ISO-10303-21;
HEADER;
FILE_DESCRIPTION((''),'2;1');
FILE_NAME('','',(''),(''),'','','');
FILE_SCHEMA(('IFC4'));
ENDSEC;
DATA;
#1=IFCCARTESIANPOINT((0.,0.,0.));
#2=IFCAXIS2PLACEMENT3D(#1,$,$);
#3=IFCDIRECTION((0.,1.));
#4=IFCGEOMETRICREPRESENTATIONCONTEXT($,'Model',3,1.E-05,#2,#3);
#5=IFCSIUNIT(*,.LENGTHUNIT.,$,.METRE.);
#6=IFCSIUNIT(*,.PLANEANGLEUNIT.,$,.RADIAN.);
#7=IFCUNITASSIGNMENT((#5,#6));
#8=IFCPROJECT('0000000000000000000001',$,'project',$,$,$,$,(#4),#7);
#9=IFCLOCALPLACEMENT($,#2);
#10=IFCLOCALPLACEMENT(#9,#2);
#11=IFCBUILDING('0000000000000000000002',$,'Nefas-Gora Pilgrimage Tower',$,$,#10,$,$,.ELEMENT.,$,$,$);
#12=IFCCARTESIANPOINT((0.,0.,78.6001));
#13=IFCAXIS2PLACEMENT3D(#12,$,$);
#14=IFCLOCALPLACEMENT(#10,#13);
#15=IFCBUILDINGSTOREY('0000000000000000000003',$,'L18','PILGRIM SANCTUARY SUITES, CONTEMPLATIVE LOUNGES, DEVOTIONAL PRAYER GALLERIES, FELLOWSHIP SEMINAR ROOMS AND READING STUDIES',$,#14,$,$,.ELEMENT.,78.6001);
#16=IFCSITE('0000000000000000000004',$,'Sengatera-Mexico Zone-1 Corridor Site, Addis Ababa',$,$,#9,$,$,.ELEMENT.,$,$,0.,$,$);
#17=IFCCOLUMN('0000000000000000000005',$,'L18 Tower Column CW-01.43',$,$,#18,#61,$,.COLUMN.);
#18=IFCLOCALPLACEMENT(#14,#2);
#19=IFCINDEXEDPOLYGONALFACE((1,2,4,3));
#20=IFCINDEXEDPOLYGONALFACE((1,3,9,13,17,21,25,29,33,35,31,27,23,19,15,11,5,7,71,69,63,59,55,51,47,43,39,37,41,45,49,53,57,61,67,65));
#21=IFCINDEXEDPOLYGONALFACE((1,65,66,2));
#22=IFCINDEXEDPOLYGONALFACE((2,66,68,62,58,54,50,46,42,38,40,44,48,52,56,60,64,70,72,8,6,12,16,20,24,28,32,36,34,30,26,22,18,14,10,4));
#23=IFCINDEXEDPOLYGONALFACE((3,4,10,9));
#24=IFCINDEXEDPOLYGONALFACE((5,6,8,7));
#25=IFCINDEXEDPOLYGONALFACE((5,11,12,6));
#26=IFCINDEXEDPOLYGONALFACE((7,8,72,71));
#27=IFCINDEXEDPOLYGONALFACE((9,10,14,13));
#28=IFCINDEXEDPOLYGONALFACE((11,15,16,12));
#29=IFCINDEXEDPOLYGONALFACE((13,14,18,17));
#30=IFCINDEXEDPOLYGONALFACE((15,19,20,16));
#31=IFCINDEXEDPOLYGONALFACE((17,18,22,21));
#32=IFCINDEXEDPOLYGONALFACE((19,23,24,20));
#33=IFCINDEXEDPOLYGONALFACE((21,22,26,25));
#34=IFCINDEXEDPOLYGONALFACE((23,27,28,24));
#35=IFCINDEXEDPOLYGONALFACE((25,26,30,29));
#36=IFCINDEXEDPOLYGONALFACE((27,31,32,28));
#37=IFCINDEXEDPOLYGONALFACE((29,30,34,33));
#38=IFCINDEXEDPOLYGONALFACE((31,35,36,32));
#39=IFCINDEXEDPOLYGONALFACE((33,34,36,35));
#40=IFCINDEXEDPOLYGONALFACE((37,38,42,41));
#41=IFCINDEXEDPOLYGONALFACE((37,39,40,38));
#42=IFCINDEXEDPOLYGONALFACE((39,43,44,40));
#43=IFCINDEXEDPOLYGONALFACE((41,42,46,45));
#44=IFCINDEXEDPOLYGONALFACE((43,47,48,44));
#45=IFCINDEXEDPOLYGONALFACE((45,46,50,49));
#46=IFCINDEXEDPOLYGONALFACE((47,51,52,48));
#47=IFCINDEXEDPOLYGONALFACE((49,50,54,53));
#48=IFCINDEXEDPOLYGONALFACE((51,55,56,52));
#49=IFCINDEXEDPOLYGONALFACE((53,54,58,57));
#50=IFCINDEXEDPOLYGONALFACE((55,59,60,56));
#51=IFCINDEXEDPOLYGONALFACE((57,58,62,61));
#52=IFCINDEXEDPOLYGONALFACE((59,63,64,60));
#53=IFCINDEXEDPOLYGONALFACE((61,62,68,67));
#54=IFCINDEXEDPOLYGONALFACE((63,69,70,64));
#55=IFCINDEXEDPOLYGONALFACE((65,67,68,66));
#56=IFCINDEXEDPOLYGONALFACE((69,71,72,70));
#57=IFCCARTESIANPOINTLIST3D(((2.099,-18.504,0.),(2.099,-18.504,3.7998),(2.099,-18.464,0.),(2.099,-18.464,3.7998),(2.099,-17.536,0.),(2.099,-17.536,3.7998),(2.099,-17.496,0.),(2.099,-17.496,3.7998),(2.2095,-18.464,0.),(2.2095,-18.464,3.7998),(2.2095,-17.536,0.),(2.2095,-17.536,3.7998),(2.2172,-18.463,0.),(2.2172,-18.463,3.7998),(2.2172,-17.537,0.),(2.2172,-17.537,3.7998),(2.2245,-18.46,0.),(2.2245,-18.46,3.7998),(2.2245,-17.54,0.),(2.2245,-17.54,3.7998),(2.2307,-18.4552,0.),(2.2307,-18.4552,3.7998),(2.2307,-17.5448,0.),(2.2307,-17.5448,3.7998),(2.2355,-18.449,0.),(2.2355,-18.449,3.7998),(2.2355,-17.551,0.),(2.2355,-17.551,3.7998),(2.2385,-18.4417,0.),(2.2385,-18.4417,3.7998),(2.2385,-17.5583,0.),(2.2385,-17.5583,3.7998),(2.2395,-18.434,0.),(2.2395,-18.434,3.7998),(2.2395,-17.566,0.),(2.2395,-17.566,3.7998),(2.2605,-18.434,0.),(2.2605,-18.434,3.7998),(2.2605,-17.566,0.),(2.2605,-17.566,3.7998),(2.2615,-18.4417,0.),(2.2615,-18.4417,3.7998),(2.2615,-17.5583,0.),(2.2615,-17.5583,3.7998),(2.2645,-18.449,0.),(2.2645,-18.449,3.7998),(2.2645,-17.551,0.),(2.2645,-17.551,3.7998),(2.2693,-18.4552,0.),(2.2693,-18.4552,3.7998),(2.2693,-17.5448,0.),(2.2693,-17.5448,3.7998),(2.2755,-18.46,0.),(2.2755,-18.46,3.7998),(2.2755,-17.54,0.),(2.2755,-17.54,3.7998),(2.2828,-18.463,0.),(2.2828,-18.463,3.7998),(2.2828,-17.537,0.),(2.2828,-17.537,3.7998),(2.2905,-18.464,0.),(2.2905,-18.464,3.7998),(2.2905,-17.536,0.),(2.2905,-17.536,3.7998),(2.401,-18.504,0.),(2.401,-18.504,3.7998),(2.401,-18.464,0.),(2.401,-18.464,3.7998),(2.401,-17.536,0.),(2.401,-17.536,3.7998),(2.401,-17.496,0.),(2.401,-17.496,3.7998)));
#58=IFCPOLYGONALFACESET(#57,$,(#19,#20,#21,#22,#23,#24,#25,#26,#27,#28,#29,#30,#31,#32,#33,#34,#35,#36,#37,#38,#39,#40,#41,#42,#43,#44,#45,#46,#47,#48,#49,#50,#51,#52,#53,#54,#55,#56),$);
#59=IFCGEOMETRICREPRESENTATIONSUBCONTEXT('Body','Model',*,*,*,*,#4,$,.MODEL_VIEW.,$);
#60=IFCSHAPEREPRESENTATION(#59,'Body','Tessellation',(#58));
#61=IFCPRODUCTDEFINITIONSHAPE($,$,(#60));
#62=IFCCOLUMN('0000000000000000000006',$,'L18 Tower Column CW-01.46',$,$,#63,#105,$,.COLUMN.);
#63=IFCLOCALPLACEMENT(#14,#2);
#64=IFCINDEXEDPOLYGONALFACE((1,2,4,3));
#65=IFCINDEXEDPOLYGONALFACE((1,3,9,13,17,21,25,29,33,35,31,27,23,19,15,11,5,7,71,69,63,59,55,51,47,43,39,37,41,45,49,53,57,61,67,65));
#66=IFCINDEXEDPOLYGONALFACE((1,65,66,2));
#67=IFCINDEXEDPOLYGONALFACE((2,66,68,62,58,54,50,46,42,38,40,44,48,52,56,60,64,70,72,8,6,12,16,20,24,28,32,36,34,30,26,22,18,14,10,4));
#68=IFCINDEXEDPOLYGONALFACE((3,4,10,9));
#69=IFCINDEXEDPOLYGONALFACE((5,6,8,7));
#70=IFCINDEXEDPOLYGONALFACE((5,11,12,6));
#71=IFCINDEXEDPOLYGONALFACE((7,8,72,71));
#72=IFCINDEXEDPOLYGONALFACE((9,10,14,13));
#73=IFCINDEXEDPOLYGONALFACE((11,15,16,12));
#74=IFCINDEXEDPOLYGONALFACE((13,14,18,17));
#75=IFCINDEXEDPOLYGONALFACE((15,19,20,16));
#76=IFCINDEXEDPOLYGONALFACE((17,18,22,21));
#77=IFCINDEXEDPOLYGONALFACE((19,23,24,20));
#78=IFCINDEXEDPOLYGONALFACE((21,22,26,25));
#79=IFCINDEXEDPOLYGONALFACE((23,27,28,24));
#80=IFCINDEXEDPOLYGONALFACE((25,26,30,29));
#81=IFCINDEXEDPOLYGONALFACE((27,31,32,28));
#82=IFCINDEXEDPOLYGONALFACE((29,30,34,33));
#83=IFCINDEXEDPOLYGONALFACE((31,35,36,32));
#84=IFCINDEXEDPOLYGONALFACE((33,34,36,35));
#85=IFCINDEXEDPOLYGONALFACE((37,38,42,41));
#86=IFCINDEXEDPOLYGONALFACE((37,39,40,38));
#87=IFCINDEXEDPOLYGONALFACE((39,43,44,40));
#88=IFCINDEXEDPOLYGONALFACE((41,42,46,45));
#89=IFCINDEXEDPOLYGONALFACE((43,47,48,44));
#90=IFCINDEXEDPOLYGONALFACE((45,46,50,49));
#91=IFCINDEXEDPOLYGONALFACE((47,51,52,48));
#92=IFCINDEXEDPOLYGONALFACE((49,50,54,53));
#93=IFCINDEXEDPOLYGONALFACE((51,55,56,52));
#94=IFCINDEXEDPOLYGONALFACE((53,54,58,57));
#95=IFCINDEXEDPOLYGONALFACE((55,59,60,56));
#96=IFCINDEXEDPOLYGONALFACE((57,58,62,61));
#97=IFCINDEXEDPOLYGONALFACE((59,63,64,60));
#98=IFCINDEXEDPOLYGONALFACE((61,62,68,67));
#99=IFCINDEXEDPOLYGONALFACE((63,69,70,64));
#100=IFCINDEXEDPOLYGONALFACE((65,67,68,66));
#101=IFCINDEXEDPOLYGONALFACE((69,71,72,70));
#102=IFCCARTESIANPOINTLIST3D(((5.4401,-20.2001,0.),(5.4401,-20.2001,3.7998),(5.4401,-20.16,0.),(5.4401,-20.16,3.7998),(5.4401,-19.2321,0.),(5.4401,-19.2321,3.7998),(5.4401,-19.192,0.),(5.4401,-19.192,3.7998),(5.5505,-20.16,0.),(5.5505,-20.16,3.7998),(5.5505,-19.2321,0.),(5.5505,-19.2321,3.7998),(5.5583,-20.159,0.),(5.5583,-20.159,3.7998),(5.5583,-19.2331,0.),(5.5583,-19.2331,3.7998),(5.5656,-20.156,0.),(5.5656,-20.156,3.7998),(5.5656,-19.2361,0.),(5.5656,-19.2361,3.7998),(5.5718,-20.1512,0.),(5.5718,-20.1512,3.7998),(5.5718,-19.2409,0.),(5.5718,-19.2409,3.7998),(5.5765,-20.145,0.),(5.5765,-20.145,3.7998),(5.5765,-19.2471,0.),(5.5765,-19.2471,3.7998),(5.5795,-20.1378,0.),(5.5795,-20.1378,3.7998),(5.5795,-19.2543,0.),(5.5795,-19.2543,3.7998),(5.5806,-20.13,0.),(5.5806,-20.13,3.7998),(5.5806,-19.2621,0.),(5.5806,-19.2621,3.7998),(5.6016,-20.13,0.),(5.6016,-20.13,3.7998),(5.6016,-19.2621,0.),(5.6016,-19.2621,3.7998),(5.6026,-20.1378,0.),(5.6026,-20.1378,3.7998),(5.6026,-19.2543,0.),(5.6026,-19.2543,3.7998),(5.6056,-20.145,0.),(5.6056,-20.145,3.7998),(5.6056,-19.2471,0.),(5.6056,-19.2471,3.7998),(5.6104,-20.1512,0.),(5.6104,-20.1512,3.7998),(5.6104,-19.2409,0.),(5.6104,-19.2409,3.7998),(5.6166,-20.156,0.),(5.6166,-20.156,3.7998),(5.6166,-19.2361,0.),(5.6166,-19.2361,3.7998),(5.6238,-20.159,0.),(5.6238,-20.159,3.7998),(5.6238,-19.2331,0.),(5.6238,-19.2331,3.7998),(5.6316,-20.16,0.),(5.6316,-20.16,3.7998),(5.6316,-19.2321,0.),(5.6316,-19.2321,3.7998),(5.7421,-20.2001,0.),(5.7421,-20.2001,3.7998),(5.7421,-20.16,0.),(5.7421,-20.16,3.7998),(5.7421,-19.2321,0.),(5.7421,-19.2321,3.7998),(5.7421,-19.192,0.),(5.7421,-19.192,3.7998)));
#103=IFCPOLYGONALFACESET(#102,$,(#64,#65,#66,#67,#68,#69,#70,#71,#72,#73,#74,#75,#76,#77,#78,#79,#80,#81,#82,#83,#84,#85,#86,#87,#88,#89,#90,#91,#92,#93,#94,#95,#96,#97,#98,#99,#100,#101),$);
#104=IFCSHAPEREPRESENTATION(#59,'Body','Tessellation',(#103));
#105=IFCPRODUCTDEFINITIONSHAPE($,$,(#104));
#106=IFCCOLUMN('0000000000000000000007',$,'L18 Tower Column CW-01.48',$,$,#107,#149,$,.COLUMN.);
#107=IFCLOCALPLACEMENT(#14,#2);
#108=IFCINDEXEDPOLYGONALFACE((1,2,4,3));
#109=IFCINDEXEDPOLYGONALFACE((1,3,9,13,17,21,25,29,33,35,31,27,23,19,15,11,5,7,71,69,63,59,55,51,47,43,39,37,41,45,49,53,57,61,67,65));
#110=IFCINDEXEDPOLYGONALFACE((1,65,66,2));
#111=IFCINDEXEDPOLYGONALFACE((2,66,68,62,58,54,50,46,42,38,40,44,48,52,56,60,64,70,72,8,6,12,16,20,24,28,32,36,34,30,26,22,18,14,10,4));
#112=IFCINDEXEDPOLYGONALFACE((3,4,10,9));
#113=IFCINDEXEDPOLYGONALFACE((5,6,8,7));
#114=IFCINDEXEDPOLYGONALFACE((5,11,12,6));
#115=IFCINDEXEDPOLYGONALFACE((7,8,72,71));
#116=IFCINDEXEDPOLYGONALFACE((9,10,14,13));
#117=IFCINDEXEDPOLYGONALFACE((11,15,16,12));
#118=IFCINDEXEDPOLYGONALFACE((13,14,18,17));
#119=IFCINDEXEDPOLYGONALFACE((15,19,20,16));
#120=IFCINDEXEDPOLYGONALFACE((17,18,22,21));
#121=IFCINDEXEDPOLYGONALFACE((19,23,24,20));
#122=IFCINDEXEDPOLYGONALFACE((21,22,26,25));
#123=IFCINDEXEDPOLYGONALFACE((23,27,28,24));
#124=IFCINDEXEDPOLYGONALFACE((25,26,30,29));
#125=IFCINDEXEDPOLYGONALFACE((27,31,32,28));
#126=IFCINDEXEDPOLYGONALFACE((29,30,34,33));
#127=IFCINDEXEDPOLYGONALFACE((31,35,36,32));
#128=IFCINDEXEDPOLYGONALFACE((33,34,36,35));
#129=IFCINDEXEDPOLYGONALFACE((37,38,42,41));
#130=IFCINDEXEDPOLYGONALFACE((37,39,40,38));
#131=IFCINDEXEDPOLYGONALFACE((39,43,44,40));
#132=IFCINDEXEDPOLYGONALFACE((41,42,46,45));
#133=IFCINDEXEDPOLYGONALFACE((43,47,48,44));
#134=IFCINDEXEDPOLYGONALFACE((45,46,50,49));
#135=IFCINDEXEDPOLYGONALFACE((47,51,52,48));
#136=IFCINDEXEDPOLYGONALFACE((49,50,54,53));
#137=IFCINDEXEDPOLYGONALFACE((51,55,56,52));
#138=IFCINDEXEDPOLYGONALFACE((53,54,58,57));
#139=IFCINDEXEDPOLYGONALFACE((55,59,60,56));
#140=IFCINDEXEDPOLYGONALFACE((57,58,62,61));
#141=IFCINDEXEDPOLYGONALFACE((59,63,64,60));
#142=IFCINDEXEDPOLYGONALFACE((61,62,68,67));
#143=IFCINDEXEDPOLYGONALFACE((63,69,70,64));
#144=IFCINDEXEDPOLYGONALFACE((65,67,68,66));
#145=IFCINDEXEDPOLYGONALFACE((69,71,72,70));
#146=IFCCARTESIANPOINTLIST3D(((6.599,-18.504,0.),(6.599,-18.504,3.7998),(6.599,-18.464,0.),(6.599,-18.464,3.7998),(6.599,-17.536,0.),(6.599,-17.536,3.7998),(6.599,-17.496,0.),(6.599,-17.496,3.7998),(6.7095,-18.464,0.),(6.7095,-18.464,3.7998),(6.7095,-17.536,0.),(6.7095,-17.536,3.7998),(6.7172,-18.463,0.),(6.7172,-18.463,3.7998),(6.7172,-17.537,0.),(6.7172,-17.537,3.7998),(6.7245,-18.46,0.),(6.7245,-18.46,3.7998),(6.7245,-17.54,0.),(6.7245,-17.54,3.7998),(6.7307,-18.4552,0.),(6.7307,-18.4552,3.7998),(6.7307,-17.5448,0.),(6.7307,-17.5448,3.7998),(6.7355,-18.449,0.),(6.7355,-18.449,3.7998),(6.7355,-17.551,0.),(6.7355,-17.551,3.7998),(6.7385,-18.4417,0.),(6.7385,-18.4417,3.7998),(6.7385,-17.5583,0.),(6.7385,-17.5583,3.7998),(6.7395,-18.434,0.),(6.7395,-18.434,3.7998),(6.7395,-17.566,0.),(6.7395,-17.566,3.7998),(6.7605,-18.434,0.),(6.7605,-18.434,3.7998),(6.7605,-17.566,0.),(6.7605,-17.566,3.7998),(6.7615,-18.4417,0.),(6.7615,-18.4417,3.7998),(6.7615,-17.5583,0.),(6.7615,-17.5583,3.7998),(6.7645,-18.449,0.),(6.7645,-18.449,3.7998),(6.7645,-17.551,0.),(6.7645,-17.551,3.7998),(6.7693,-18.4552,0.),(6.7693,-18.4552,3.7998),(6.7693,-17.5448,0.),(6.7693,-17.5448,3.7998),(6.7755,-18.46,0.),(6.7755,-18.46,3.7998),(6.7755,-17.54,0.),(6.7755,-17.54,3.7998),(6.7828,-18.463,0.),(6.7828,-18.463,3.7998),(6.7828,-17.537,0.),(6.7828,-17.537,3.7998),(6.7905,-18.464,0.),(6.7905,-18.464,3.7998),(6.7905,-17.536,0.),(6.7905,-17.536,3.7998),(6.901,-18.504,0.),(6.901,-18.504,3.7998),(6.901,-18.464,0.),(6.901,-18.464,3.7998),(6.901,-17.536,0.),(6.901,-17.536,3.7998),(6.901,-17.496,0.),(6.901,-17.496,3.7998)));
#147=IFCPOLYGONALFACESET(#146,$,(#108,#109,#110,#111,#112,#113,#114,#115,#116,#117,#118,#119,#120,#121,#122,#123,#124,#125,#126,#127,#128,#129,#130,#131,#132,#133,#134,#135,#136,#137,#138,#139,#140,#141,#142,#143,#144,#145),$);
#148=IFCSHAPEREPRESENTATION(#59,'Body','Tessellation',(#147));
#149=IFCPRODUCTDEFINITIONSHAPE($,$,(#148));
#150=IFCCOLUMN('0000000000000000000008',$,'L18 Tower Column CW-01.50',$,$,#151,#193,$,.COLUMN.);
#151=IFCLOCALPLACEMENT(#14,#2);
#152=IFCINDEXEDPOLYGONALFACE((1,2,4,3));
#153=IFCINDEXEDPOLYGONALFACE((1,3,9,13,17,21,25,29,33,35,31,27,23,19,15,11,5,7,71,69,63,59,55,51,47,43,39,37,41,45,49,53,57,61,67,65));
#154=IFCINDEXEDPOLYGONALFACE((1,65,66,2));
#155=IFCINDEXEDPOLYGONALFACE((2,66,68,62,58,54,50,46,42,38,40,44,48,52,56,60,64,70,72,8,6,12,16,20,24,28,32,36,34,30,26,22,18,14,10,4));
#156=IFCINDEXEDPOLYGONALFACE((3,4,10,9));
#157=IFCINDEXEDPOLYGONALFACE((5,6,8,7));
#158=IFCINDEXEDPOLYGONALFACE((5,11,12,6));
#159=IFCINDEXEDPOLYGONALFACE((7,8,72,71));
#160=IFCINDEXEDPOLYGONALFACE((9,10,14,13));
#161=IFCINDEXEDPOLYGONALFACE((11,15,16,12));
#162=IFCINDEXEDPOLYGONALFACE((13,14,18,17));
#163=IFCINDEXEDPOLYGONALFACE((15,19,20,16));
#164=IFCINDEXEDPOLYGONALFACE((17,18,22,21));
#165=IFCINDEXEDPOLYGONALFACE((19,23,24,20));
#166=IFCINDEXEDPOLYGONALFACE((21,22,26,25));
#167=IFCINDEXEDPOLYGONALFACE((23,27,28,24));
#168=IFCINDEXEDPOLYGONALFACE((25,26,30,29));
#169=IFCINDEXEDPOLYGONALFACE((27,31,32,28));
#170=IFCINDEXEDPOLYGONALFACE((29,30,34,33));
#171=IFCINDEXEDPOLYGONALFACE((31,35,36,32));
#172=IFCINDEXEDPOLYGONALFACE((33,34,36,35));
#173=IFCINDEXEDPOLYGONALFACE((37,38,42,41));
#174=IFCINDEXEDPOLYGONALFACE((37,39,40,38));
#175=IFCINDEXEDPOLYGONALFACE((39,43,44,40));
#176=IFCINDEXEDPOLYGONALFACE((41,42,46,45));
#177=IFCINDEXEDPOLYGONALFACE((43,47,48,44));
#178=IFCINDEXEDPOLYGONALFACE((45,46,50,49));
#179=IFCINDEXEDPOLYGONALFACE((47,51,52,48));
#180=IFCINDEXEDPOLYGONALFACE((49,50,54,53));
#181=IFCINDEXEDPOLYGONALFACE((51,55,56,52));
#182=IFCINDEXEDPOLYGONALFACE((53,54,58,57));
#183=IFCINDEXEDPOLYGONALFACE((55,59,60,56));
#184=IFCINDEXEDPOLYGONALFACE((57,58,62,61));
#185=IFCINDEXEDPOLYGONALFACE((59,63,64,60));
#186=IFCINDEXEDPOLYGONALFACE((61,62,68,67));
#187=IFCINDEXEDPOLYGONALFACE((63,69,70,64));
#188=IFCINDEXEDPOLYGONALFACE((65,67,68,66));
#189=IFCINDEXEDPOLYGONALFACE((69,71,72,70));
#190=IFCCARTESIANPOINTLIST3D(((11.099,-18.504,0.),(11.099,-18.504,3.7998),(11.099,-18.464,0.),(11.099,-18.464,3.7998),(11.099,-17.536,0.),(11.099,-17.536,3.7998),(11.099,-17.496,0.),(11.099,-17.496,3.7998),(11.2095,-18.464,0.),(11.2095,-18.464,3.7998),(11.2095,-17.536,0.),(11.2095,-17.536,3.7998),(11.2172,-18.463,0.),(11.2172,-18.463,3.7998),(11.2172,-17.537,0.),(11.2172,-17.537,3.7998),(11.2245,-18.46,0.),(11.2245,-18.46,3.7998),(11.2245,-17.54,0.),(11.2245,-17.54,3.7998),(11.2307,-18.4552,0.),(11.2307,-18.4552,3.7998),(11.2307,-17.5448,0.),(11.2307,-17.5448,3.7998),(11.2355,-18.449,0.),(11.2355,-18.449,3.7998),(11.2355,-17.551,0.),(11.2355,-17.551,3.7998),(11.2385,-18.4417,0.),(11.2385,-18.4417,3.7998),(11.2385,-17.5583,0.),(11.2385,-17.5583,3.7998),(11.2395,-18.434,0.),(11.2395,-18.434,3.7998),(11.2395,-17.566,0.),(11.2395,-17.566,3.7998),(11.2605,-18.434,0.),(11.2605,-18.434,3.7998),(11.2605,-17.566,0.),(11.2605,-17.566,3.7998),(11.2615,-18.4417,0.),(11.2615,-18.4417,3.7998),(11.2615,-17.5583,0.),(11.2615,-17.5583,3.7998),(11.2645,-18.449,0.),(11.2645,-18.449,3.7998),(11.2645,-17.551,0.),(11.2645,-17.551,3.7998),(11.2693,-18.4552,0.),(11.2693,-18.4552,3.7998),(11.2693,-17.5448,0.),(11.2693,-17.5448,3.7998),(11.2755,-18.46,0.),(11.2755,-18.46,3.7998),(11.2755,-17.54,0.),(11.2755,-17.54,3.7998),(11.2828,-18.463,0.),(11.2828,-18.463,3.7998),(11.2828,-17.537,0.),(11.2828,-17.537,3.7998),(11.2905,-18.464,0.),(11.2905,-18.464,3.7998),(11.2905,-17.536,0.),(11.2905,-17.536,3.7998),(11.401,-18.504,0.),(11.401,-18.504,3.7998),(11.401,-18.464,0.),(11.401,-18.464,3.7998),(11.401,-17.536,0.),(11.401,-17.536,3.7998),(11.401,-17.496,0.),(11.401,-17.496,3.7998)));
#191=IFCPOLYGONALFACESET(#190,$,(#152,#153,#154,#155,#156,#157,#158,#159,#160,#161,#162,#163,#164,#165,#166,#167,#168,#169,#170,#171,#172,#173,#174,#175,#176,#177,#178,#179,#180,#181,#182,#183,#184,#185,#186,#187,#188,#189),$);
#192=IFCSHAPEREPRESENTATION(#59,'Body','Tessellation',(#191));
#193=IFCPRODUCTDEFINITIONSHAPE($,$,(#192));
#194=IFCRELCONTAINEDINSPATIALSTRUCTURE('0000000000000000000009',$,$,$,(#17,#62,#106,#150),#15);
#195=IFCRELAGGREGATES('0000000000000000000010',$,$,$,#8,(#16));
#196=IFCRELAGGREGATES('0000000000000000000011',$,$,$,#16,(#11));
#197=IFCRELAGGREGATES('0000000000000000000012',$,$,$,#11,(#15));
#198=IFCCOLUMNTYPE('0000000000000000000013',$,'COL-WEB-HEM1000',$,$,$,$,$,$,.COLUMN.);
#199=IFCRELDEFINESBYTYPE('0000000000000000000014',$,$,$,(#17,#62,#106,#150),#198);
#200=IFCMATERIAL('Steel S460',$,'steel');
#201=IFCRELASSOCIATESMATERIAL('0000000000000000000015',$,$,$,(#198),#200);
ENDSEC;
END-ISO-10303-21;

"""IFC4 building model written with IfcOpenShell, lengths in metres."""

from ifc_helpers import new_model, si_unit, direction, frame, origin, origin_2d, place, context, subcontext, project, spatial, i_section, extrude, source, transform, mapped, material, material_profile, profile_set, type_object, element, save


model = new_model("IFC4")

# Units and contexts
model_context = context("Model", 3, precision=1e-05, world=origin(), true_north=direction((0.0, 1.0)))
body_context = subcontext(model_context, "Body", "Model", "MODEL_VIEW")
ifc_project = project(units=[si_unit("LENGTHUNIT", "METRE"), si_unit("PLANEANGLEUNIT", "RADIAN")], contexts=[model_context])

# Site, building, storey
site_placement = place(None, origin())
site = spatial("IfcSite", under=ifc_project, at=site_placement, Name="Sengatera-Mexico Zone-1 Corridor Site, Addis Ababa", CompositionType="ELEMENT", RefElevation=0.0)
building_placement = place(site_placement, origin())
building = spatial("IfcBuilding", under=site, at=building_placement, Name="Nefas-Gora Pilgrimage Tower", CompositionType="ELEMENT")
storey_placement = place(building_placement, frame((0.0, 0.0, 78.6001)))
storey = spatial("IfcBuildingStorey", under=building, at=storey_placement, Name="L18", Description="PILGRIM SANCTUARY SUITES, CONTEMPLATIVE LOUNGES, DEVOTIONAL PRAYER GALLERIES, FELLOWSHIP SEMINAR ROOMS AND READING STUDIES", CompositionType="ELEMENT", Elevation=78.6001)

# Columns
ifc_material_1 = material(Name="Steel S460", Category="steel")
ifc_material_profile_1 = material_profile(ifc_material_1, i_section(OverallWidth=0.302, OverallDepth=1.0081, WebThickness=0.021, FlangeThickness=0.04, FilletRadius=0.03, at=origin_2d()), Name="HEM 1000")
ifc_profile_set_1 = profile_set([ifc_material_profile_1], Name="Steel S460")
column_type_1 = type_object("IfcColumnType", Name="COL-WEB-HEM1000", PredefinedType="COLUMN", material=ifc_profile_set_1)
shared_shape_1 = source(origin(), body_context, "Body", "SweptSolid", [
    extrude(i_section(OverallWidth=0.302, OverallDepth=1.0081, WebThickness=0.021, FlangeThickness=0.04, FilletRadius=0.03, at=origin_2d()), origin(), (0.0, 0.0, 1.0), 3.7998),
])
for number, where, z_axis, x_axis, name in (
    (1, (2.25, -18.0, 0.0), (0.0, 0.0, 1.0), (1.0, 0.0, 0.0), "L18 Tower Column CW-01.43"),
    (2, (5.5911, -19.696, 0.0), (0.0, 0.0, 1.0), (1.0, 0.0, 0.0), "L18 Tower Column CW-01.46"),
    (3, (6.75, -18.0, 0.0), (0.0, 0.0, 1.0), (1.0, 0.0, 0.0), "L18 Tower Column CW-01.48"),
    (4, (11.25, -18.0, 0.0), (0.0, 0.0, 1.0), (1.0, 0.0, 0.0), "L18 Tower Column CW-01.50"),
):
    element("IfcColumn", number, at=place(storey_placement, frame(where, z_axis=z_axis, x_axis=x_axis)), inside=storey, type_object=column_type_1, Name=name, PredefinedType="COLUMN", context=body_context, shape_type="MappedRepresentation", body=[
        mapped(shared_shape_1, transform((0.0, 0.0, 0.0), x_axis=(1.0, 0.0, 0.0), y_axis=(0.0, 1.0, 0.0), z_axis=(0.0, 0.0, 1.0), scale=1.0)),
    ])

save(model, "model.ifc")
